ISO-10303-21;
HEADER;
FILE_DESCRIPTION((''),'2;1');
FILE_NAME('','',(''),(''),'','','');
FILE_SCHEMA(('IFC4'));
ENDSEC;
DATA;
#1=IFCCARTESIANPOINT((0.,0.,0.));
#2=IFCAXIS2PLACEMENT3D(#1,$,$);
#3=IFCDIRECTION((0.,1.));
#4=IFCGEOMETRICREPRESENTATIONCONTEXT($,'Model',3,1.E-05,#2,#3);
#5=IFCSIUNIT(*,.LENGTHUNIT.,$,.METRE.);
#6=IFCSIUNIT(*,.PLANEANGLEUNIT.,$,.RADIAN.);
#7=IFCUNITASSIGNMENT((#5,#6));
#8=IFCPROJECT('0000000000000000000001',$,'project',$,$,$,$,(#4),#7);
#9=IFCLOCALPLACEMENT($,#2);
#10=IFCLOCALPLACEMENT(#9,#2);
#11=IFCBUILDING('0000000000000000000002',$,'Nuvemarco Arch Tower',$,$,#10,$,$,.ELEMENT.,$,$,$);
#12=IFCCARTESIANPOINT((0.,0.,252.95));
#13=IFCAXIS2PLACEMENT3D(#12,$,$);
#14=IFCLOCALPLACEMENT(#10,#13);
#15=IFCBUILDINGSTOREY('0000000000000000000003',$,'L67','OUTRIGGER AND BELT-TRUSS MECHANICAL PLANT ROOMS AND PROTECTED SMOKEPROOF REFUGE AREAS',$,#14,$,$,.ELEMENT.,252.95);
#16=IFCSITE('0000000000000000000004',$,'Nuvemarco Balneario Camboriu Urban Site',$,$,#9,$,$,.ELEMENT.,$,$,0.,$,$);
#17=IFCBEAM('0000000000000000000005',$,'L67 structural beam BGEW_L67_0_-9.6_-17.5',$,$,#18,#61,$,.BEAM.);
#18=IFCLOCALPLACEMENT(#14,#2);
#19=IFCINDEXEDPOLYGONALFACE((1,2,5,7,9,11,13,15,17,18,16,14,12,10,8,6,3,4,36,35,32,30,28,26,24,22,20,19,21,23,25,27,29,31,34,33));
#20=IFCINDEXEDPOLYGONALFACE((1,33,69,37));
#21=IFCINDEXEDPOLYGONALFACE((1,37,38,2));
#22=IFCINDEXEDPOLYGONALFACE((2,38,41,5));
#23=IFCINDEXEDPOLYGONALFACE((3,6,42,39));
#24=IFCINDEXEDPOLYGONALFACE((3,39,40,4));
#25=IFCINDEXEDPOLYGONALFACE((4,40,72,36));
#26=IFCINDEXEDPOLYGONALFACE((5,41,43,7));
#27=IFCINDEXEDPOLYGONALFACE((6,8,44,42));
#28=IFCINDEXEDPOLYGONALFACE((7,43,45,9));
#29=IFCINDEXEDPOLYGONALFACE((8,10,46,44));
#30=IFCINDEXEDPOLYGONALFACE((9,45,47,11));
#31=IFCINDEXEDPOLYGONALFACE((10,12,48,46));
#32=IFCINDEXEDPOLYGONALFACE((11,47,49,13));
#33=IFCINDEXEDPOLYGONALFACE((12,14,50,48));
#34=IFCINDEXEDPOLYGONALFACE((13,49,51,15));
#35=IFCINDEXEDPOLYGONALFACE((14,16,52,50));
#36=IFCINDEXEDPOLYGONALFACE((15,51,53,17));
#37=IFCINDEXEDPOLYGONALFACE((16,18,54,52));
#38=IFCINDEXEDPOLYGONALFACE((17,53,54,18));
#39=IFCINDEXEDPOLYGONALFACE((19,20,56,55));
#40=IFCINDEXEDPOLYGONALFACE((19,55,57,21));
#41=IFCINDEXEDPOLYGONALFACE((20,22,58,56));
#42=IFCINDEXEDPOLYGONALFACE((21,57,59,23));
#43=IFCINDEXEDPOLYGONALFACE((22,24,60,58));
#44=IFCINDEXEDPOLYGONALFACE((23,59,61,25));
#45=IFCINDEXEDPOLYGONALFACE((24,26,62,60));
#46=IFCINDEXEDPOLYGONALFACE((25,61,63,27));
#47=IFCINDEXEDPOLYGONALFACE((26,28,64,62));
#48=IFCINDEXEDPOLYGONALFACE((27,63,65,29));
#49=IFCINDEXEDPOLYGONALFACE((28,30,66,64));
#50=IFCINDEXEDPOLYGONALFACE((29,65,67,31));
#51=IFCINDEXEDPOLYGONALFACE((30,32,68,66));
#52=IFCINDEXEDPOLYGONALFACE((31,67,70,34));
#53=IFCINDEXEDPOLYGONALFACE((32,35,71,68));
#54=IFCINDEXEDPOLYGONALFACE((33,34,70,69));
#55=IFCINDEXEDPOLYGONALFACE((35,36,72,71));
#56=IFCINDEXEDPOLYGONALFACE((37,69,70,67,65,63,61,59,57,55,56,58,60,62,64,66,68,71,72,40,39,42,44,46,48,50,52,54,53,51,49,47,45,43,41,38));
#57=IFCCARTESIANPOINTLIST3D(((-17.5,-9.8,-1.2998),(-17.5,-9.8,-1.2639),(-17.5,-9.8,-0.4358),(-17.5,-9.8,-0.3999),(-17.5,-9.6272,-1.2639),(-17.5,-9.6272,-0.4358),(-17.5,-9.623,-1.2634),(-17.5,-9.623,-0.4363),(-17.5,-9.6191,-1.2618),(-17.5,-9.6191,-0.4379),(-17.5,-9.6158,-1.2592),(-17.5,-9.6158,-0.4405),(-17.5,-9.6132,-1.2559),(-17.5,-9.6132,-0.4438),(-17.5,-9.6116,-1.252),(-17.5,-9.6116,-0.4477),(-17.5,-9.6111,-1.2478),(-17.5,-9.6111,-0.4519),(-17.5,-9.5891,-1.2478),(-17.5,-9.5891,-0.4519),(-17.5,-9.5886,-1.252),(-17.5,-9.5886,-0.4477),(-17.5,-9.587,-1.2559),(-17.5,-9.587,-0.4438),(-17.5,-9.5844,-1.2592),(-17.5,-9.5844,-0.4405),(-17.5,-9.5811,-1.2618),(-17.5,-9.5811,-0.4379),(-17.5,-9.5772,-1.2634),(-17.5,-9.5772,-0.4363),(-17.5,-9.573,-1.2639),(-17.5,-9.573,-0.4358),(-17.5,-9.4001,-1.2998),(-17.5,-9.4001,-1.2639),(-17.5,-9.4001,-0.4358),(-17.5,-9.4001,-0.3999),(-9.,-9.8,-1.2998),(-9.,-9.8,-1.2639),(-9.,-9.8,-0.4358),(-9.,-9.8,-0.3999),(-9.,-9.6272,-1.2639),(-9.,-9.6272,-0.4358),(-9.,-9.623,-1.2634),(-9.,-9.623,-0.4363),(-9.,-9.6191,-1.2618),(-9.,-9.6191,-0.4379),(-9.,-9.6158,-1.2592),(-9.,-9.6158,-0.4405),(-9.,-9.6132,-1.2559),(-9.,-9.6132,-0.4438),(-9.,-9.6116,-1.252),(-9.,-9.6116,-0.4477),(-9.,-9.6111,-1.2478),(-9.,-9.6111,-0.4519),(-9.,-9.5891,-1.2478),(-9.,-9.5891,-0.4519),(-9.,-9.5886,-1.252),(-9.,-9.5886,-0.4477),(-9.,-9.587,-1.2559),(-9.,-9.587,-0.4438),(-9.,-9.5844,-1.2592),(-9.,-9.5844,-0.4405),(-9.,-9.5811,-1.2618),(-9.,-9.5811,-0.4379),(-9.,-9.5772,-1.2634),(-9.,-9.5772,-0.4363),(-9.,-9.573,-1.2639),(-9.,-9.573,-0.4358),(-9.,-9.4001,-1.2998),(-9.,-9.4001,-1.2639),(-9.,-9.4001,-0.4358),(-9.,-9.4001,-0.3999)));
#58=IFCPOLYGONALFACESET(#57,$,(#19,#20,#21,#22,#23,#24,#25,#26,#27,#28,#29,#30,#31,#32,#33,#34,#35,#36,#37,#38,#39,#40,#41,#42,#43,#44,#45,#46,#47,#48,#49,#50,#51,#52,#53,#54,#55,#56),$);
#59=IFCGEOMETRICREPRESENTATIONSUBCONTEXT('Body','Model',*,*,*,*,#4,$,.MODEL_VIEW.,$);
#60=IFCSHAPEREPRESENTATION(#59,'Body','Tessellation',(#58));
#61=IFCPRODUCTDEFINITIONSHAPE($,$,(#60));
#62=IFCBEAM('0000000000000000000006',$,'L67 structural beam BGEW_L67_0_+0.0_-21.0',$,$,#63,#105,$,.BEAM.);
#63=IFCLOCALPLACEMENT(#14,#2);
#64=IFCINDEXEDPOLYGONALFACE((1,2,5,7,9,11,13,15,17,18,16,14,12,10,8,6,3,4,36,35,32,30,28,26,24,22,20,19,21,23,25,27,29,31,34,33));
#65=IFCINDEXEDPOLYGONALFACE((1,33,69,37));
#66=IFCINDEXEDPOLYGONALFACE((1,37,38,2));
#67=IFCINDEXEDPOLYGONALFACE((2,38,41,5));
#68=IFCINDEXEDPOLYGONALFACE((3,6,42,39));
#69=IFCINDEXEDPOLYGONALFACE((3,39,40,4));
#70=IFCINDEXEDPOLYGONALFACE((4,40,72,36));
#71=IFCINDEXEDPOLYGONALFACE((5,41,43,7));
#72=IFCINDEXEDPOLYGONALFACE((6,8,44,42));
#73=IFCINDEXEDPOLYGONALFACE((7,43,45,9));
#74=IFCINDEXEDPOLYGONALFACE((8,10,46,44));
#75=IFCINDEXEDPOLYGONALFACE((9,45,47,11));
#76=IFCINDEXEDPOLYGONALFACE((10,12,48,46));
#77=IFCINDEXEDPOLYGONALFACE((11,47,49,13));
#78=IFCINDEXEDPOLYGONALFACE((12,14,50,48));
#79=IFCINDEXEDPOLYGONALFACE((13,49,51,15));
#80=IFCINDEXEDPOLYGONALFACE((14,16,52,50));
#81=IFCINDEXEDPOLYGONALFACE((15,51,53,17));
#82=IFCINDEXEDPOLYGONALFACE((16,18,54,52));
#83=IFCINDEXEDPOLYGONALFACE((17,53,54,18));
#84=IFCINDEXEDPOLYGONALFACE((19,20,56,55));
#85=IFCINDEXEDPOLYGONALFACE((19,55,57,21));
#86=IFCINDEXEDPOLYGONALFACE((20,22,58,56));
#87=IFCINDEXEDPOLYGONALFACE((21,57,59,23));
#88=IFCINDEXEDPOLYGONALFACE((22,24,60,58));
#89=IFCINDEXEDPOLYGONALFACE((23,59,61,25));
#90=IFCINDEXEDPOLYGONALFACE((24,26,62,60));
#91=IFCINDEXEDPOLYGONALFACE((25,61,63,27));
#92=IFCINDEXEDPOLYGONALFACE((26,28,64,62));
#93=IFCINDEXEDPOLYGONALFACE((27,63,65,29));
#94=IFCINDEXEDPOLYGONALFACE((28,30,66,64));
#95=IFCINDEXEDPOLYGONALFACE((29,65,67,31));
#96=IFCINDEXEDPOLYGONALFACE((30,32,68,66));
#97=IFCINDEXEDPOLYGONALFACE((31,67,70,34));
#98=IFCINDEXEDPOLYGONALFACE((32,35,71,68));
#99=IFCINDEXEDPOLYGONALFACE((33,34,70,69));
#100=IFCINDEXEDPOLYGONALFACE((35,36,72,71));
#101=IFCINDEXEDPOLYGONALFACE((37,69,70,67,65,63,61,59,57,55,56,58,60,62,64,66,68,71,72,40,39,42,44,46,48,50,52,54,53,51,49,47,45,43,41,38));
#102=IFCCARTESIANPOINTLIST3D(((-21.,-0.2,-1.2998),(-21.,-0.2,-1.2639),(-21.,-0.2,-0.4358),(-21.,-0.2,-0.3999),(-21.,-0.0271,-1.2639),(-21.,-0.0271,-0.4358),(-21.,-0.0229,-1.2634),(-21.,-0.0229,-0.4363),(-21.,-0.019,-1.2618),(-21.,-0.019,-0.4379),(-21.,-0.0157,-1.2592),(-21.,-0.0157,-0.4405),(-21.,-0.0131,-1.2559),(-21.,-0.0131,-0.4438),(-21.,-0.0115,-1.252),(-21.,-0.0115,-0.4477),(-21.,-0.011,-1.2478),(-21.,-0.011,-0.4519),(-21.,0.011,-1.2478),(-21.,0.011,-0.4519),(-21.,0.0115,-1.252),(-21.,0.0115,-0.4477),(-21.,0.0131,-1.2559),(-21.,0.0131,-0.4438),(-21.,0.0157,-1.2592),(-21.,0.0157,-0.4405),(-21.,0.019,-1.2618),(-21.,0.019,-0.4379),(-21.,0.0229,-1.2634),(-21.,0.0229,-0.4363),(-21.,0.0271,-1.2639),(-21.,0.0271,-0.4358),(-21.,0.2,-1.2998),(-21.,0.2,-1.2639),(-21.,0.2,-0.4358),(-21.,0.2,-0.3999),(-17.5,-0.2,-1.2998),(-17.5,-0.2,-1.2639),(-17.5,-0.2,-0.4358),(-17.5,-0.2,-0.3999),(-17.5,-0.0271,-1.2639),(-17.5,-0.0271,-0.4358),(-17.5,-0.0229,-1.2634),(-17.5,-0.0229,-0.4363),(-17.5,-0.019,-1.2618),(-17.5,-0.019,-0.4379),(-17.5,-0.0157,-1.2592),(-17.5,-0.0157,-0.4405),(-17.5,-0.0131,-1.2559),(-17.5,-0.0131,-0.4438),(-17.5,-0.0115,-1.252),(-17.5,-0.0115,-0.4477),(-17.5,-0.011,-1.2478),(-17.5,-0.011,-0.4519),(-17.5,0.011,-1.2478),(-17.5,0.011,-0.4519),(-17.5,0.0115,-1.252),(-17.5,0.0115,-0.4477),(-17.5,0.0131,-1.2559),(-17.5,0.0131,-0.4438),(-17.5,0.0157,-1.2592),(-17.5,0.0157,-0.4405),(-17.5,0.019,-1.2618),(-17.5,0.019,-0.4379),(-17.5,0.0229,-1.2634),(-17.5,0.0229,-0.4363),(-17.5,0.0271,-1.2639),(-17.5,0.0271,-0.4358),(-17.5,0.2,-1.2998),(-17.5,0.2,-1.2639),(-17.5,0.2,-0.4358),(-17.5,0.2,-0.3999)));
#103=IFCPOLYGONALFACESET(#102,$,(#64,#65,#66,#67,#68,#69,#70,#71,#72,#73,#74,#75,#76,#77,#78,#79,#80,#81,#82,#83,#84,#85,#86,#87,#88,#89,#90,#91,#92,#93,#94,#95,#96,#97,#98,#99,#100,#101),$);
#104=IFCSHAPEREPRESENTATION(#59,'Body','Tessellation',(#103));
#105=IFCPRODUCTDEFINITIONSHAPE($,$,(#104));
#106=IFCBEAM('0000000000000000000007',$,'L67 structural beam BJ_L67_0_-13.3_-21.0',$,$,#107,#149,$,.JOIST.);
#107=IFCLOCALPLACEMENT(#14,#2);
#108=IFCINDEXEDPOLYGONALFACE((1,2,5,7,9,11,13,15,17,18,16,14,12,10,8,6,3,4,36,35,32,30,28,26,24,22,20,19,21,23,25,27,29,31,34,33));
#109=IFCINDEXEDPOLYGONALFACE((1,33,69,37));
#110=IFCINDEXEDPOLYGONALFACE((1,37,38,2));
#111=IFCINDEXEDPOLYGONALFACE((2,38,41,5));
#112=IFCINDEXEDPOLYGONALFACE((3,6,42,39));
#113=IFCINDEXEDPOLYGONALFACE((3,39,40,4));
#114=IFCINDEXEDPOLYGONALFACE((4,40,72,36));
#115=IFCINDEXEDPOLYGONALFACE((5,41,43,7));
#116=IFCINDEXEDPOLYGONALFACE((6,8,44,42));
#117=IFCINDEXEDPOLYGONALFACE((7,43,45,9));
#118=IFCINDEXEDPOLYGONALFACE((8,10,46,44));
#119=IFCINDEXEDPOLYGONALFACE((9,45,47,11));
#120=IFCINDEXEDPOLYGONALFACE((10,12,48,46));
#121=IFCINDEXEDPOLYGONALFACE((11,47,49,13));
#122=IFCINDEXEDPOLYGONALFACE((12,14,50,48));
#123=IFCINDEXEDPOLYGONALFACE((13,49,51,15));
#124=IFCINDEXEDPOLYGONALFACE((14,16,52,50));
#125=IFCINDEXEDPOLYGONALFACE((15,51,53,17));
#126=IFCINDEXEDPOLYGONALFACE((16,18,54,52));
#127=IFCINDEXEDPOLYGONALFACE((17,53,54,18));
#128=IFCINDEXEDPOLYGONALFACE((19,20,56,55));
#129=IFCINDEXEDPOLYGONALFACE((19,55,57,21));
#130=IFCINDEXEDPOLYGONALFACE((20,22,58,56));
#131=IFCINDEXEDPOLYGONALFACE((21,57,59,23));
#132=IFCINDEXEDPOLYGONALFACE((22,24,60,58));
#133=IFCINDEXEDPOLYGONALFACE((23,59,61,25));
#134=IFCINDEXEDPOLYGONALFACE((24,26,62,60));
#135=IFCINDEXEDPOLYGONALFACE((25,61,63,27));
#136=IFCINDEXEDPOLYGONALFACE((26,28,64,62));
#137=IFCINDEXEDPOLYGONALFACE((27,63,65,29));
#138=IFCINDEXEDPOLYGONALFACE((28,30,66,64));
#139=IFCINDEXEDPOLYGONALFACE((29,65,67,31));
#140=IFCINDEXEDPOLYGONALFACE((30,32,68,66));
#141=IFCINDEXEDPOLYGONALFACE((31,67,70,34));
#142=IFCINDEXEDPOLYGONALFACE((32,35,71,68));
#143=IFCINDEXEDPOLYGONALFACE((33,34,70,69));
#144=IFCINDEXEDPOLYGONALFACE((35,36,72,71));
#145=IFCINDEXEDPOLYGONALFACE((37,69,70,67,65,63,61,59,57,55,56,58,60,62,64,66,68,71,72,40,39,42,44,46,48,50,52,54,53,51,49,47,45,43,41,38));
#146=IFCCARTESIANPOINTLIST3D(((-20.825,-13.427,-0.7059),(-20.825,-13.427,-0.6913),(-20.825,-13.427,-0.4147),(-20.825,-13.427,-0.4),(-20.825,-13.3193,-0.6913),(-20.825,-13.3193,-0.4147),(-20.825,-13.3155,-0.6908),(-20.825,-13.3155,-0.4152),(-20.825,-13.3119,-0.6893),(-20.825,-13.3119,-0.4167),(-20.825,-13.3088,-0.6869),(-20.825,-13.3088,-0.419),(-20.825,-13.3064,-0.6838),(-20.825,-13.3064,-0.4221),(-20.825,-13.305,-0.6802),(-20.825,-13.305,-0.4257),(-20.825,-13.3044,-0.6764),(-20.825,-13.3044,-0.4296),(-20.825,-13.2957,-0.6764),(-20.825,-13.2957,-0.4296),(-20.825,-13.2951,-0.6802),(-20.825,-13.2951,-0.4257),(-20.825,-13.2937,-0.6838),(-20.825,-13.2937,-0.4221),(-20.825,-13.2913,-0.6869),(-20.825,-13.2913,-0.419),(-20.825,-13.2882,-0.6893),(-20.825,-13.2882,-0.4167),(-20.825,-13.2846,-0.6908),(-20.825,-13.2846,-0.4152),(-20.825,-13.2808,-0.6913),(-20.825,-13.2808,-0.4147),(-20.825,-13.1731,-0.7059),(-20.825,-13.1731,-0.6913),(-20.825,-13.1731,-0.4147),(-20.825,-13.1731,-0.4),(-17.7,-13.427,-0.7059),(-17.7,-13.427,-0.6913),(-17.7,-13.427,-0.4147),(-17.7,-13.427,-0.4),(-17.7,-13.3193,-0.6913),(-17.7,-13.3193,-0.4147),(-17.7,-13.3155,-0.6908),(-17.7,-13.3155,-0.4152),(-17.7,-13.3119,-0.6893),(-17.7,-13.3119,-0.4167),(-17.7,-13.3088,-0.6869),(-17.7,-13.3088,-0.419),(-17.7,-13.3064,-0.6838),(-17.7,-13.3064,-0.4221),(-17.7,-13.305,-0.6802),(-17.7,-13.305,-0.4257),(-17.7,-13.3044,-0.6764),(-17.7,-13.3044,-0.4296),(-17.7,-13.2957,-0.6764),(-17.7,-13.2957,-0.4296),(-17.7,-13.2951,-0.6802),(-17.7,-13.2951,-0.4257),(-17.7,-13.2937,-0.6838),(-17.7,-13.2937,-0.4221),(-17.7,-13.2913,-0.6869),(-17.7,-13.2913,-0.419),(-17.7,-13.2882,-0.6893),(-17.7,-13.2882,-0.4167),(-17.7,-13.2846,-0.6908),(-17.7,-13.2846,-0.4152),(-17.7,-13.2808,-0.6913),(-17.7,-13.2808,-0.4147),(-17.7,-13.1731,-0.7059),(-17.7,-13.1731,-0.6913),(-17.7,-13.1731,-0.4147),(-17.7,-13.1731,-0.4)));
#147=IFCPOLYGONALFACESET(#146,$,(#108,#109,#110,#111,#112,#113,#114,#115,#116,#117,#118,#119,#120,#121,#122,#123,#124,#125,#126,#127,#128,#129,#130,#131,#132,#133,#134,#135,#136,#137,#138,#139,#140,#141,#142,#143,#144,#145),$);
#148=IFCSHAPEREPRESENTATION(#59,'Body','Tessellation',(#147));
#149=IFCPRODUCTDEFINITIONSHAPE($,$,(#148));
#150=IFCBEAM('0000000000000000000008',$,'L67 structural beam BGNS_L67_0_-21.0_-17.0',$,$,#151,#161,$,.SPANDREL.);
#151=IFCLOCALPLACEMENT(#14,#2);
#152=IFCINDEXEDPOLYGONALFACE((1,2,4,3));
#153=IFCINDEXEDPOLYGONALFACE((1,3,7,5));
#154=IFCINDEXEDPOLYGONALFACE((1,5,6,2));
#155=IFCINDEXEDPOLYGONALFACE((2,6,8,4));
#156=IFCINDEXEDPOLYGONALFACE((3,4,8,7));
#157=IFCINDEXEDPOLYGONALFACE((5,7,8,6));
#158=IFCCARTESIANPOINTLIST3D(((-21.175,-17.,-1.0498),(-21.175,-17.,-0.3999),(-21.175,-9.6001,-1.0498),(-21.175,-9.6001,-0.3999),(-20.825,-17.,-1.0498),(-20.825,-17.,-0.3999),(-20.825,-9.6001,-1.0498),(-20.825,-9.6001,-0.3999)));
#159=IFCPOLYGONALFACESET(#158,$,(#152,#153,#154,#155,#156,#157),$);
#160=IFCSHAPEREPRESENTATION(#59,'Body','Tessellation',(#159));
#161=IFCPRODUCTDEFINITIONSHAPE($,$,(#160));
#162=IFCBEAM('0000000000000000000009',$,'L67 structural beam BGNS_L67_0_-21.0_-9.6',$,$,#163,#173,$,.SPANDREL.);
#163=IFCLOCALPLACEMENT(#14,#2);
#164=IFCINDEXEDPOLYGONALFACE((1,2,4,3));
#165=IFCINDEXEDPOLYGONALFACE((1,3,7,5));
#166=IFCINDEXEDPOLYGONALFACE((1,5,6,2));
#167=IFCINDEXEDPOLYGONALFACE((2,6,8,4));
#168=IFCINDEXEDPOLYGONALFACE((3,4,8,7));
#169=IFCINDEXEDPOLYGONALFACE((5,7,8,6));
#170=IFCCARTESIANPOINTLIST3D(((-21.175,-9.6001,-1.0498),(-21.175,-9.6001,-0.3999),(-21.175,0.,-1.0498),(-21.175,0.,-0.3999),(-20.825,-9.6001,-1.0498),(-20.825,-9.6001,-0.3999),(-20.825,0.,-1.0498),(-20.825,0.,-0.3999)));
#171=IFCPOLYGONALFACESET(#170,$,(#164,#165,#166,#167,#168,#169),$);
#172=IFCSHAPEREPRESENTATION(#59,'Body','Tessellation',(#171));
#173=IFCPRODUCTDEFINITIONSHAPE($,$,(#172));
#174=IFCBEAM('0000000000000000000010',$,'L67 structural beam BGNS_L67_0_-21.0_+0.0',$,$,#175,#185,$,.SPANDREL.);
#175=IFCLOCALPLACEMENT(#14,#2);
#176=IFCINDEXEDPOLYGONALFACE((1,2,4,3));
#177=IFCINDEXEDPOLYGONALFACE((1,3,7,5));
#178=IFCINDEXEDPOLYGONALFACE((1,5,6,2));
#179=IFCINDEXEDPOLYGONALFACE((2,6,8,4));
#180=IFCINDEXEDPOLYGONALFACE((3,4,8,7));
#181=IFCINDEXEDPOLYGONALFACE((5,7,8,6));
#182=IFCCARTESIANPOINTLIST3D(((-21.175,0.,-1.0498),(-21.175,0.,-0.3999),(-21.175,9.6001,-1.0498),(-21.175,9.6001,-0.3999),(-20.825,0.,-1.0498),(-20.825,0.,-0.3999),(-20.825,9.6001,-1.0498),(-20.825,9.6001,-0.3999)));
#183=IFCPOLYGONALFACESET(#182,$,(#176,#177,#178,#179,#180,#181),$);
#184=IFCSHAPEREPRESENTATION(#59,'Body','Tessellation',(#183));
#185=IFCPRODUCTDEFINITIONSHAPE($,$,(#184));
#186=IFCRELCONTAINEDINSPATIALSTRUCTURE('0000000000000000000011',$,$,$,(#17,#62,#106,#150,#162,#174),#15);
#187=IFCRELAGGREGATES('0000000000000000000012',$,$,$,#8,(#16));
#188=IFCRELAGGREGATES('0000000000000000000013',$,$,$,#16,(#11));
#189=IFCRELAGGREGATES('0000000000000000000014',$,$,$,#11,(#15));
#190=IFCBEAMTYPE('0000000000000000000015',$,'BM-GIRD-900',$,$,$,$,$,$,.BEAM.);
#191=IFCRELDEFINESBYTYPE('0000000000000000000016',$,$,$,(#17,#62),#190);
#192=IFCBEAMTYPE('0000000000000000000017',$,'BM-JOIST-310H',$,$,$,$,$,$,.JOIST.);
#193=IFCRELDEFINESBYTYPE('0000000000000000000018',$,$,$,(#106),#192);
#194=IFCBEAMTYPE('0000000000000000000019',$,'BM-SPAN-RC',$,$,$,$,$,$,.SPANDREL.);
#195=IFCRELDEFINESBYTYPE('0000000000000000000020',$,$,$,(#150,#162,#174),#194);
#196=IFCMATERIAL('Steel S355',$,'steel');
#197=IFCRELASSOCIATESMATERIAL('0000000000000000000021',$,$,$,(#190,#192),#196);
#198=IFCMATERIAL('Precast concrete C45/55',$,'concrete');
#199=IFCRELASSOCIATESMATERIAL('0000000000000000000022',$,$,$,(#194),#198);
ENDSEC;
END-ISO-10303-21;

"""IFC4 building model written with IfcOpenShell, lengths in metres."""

from ifc_helpers import new_model, si_unit, direction, frame, origin, origin_2d, place, context, subcontext, project, spatial, rectangle, i_section, extrude, material, material_profile, profile_set, type_object, element, save


model = new_model("IFC4")

# Units and contexts
model_context = context("Model", 3, precision=1e-05, world=origin(), true_north=direction((0.0, 1.0)))
body_context = subcontext(model_context, "Body", "Model", "MODEL_VIEW")
ifc_project = project(units=[si_unit("LENGTHUNIT", "METRE"), si_unit("PLANEANGLEUNIT", "RADIAN")], contexts=[model_context])

# Site, building, storey
site_placement = place(None, origin())
site = spatial("IfcSite", under=ifc_project, at=site_placement, Name="Nuvemarco Balneario Camboriu Urban Site", CompositionType="ELEMENT", RefElevation=0.0)
building_placement = place(site_placement, origin())
building = spatial("IfcBuilding", under=site, at=building_placement, Name="Nuvemarco Arch Tower", CompositionType="ELEMENT")
storey_placement = place(building_placement, frame((0.0, 0.0, 252.95)))
storey = spatial("IfcBuildingStorey", under=building, at=storey_placement, Name="L67", Description="OUTRIGGER AND BELT-TRUSS MECHANICAL PLANT ROOMS AND PROTECTED SMOKEPROOF REFUGE AREAS", CompositionType="ELEMENT", Elevation=252.95)

# Shared definitions
ifc_material_1 = material(Name="Steel S355", Category="steel")

# Beams
ifc_material_profile_1 = material_profile(ifc_material_1, i_section(OverallWidth=0.3999, OverallDepth=0.8999, WebThickness=0.022, FlangeThickness=0.0359, FilletRadius=0.0161, at=origin_2d()), Name="PG900x400")
ifc_profile_set_1 = profile_set([ifc_material_profile_1], Name="Steel S355")
beam_type_1 = type_object("IfcBeamType", Name="BM-GIRD-900", PredefinedType="BEAM", material=ifc_profile_set_1)
beam_1_placement = place(storey_placement, frame((-17.5, -9.6001, -0.8499), z_axis=(1.0, 0.0, 0.0), x_axis=(0.0, 1.0, 0.0)))
element("IfcBeam", 1, at=beam_1_placement, inside=storey, type_object=beam_type_1, Name="L67 structural beam BGEW_L67_0_-9.6_-17.5", PredefinedType="BEAM", context=body_context, shape_type="SweptSolid", body=[
    extrude(i_section(OverallWidth=0.3999, OverallDepth=0.8999, WebThickness=0.022, FlangeThickness=0.0359, FilletRadius=0.0161, at=origin_2d()), origin(), (0.0, 0.0, 1.0), 8.5),
])
beam_2_placement = place(storey_placement, frame((-21.0, 0.0, -0.8499), z_axis=(1.0, 0.0, 0.0), x_axis=(0.0, 1.0, 0.0)))
element("IfcBeam", 2, at=beam_2_placement, inside=storey, type_object=beam_type_1, Name="L67 structural beam BGEW_L67_0_+0.0_-21.0", PredefinedType="BEAM", context=body_context, shape_type="SweptSolid", body=[
    extrude(i_section(OverallWidth=0.3999, OverallDepth=0.8999, WebThickness=0.022, FlangeThickness=0.0359, FilletRadius=0.0161, at=origin_2d()), origin(), (0.0, 0.0, 1.0), 3.5),
])
ifc_material_profile_2 = material_profile(ifc_material_1, i_section(OverallWidth=0.2539, OverallDepth=0.3059, WebThickness=0.0088, FlangeThickness=0.0146, FilletRadius=0.0149, at=origin_2d()), Name="W310x79")
ifc_profile_set_2 = profile_set([ifc_material_profile_2], Name="Steel S355")
beam_type_2 = type_object("IfcBeamType", Name="BM-JOIST-310H", PredefinedType="JOIST", material=ifc_profile_set_2)
beam_3_placement = place(storey_placement, frame((-20.825, -13.3, -0.553), z_axis=(1.0, 0.0, 0.0), x_axis=(0.0, 1.0, 0.0)))
element("IfcBeam", 3, at=beam_3_placement, inside=storey, type_object=beam_type_2, Name="L67 structural beam BJ_L67_0_-13.3_-21.0", PredefinedType="JOIST", context=body_context, shape_type="SweptSolid", body=[
    extrude(i_section(OverallWidth=0.2539, OverallDepth=0.3059, WebThickness=0.0088, FlangeThickness=0.0146, FilletRadius=0.0149, at=origin_2d()), origin(), (0.0, 0.0, 1.0), 3.125),
])
ifc_material_2 = material(Name="Precast concrete C45/55", Category="concrete")
ifc_material_profile_3 = material_profile(ifc_material_2, rectangle(XDim=0.3501, YDim=0.6499, at=origin_2d()), Name="PC-SP-350x650")
ifc_profile_set_3 = profile_set([ifc_material_profile_3], Name="Precast concrete C45/55")
beam_type_3 = type_object("IfcBeamType", Name="BM-SPAN-RC", PredefinedType="SPANDREL", material=ifc_profile_set_3)
beam_4_placement = place(storey_placement, frame((-21.0, -17.0, -0.7249), z_axis=(0.0, 1.0, 0.0), x_axis=(-1.0, 0.0, 0.0)))
element("IfcBeam", 4, at=beam_4_placement, inside=storey, type_object=beam_type_3, Name="L67 structural beam BGNS_L67_0_-21.0_-17.0", PredefinedType="SPANDREL", context=body_context, shape_type="SweptSolid", body=[
    extrude(rectangle(XDim=0.3501, YDim=0.6499, at=origin_2d()), origin(), (0.0, 0.0, 1.0), 7.3999),
])
for number, where, z_axis, x_axis, name in (
    (5, (-21.0, -9.6001, -0.7249), (0.0, 1.0, 0.0), (-1.0, 0.0, 0.0), "L67 structural beam BGNS_L67_0_-21.0_-9.6"),
    (6, (-21.0, 0.0, -0.7249), (0.0, 1.0, 0.0), (-1.0, 0.0, 0.0), "L67 structural beam BGNS_L67_0_-21.0_+0.0"),
):
    element("IfcBeam", number, at=place(storey_placement, frame(where, z_axis=z_axis, x_axis=x_axis)), inside=storey, type_object=beam_type_3, Name=name, PredefinedType="SPANDREL", context=body_context, shape_type="SweptSolid", body=[
        extrude(rectangle(XDim=0.3501, YDim=0.6499, at=origin_2d()), origin(), (0.0, 0.0, 1.0), 9.6001),
    ])

save(model, "model.ifc")
